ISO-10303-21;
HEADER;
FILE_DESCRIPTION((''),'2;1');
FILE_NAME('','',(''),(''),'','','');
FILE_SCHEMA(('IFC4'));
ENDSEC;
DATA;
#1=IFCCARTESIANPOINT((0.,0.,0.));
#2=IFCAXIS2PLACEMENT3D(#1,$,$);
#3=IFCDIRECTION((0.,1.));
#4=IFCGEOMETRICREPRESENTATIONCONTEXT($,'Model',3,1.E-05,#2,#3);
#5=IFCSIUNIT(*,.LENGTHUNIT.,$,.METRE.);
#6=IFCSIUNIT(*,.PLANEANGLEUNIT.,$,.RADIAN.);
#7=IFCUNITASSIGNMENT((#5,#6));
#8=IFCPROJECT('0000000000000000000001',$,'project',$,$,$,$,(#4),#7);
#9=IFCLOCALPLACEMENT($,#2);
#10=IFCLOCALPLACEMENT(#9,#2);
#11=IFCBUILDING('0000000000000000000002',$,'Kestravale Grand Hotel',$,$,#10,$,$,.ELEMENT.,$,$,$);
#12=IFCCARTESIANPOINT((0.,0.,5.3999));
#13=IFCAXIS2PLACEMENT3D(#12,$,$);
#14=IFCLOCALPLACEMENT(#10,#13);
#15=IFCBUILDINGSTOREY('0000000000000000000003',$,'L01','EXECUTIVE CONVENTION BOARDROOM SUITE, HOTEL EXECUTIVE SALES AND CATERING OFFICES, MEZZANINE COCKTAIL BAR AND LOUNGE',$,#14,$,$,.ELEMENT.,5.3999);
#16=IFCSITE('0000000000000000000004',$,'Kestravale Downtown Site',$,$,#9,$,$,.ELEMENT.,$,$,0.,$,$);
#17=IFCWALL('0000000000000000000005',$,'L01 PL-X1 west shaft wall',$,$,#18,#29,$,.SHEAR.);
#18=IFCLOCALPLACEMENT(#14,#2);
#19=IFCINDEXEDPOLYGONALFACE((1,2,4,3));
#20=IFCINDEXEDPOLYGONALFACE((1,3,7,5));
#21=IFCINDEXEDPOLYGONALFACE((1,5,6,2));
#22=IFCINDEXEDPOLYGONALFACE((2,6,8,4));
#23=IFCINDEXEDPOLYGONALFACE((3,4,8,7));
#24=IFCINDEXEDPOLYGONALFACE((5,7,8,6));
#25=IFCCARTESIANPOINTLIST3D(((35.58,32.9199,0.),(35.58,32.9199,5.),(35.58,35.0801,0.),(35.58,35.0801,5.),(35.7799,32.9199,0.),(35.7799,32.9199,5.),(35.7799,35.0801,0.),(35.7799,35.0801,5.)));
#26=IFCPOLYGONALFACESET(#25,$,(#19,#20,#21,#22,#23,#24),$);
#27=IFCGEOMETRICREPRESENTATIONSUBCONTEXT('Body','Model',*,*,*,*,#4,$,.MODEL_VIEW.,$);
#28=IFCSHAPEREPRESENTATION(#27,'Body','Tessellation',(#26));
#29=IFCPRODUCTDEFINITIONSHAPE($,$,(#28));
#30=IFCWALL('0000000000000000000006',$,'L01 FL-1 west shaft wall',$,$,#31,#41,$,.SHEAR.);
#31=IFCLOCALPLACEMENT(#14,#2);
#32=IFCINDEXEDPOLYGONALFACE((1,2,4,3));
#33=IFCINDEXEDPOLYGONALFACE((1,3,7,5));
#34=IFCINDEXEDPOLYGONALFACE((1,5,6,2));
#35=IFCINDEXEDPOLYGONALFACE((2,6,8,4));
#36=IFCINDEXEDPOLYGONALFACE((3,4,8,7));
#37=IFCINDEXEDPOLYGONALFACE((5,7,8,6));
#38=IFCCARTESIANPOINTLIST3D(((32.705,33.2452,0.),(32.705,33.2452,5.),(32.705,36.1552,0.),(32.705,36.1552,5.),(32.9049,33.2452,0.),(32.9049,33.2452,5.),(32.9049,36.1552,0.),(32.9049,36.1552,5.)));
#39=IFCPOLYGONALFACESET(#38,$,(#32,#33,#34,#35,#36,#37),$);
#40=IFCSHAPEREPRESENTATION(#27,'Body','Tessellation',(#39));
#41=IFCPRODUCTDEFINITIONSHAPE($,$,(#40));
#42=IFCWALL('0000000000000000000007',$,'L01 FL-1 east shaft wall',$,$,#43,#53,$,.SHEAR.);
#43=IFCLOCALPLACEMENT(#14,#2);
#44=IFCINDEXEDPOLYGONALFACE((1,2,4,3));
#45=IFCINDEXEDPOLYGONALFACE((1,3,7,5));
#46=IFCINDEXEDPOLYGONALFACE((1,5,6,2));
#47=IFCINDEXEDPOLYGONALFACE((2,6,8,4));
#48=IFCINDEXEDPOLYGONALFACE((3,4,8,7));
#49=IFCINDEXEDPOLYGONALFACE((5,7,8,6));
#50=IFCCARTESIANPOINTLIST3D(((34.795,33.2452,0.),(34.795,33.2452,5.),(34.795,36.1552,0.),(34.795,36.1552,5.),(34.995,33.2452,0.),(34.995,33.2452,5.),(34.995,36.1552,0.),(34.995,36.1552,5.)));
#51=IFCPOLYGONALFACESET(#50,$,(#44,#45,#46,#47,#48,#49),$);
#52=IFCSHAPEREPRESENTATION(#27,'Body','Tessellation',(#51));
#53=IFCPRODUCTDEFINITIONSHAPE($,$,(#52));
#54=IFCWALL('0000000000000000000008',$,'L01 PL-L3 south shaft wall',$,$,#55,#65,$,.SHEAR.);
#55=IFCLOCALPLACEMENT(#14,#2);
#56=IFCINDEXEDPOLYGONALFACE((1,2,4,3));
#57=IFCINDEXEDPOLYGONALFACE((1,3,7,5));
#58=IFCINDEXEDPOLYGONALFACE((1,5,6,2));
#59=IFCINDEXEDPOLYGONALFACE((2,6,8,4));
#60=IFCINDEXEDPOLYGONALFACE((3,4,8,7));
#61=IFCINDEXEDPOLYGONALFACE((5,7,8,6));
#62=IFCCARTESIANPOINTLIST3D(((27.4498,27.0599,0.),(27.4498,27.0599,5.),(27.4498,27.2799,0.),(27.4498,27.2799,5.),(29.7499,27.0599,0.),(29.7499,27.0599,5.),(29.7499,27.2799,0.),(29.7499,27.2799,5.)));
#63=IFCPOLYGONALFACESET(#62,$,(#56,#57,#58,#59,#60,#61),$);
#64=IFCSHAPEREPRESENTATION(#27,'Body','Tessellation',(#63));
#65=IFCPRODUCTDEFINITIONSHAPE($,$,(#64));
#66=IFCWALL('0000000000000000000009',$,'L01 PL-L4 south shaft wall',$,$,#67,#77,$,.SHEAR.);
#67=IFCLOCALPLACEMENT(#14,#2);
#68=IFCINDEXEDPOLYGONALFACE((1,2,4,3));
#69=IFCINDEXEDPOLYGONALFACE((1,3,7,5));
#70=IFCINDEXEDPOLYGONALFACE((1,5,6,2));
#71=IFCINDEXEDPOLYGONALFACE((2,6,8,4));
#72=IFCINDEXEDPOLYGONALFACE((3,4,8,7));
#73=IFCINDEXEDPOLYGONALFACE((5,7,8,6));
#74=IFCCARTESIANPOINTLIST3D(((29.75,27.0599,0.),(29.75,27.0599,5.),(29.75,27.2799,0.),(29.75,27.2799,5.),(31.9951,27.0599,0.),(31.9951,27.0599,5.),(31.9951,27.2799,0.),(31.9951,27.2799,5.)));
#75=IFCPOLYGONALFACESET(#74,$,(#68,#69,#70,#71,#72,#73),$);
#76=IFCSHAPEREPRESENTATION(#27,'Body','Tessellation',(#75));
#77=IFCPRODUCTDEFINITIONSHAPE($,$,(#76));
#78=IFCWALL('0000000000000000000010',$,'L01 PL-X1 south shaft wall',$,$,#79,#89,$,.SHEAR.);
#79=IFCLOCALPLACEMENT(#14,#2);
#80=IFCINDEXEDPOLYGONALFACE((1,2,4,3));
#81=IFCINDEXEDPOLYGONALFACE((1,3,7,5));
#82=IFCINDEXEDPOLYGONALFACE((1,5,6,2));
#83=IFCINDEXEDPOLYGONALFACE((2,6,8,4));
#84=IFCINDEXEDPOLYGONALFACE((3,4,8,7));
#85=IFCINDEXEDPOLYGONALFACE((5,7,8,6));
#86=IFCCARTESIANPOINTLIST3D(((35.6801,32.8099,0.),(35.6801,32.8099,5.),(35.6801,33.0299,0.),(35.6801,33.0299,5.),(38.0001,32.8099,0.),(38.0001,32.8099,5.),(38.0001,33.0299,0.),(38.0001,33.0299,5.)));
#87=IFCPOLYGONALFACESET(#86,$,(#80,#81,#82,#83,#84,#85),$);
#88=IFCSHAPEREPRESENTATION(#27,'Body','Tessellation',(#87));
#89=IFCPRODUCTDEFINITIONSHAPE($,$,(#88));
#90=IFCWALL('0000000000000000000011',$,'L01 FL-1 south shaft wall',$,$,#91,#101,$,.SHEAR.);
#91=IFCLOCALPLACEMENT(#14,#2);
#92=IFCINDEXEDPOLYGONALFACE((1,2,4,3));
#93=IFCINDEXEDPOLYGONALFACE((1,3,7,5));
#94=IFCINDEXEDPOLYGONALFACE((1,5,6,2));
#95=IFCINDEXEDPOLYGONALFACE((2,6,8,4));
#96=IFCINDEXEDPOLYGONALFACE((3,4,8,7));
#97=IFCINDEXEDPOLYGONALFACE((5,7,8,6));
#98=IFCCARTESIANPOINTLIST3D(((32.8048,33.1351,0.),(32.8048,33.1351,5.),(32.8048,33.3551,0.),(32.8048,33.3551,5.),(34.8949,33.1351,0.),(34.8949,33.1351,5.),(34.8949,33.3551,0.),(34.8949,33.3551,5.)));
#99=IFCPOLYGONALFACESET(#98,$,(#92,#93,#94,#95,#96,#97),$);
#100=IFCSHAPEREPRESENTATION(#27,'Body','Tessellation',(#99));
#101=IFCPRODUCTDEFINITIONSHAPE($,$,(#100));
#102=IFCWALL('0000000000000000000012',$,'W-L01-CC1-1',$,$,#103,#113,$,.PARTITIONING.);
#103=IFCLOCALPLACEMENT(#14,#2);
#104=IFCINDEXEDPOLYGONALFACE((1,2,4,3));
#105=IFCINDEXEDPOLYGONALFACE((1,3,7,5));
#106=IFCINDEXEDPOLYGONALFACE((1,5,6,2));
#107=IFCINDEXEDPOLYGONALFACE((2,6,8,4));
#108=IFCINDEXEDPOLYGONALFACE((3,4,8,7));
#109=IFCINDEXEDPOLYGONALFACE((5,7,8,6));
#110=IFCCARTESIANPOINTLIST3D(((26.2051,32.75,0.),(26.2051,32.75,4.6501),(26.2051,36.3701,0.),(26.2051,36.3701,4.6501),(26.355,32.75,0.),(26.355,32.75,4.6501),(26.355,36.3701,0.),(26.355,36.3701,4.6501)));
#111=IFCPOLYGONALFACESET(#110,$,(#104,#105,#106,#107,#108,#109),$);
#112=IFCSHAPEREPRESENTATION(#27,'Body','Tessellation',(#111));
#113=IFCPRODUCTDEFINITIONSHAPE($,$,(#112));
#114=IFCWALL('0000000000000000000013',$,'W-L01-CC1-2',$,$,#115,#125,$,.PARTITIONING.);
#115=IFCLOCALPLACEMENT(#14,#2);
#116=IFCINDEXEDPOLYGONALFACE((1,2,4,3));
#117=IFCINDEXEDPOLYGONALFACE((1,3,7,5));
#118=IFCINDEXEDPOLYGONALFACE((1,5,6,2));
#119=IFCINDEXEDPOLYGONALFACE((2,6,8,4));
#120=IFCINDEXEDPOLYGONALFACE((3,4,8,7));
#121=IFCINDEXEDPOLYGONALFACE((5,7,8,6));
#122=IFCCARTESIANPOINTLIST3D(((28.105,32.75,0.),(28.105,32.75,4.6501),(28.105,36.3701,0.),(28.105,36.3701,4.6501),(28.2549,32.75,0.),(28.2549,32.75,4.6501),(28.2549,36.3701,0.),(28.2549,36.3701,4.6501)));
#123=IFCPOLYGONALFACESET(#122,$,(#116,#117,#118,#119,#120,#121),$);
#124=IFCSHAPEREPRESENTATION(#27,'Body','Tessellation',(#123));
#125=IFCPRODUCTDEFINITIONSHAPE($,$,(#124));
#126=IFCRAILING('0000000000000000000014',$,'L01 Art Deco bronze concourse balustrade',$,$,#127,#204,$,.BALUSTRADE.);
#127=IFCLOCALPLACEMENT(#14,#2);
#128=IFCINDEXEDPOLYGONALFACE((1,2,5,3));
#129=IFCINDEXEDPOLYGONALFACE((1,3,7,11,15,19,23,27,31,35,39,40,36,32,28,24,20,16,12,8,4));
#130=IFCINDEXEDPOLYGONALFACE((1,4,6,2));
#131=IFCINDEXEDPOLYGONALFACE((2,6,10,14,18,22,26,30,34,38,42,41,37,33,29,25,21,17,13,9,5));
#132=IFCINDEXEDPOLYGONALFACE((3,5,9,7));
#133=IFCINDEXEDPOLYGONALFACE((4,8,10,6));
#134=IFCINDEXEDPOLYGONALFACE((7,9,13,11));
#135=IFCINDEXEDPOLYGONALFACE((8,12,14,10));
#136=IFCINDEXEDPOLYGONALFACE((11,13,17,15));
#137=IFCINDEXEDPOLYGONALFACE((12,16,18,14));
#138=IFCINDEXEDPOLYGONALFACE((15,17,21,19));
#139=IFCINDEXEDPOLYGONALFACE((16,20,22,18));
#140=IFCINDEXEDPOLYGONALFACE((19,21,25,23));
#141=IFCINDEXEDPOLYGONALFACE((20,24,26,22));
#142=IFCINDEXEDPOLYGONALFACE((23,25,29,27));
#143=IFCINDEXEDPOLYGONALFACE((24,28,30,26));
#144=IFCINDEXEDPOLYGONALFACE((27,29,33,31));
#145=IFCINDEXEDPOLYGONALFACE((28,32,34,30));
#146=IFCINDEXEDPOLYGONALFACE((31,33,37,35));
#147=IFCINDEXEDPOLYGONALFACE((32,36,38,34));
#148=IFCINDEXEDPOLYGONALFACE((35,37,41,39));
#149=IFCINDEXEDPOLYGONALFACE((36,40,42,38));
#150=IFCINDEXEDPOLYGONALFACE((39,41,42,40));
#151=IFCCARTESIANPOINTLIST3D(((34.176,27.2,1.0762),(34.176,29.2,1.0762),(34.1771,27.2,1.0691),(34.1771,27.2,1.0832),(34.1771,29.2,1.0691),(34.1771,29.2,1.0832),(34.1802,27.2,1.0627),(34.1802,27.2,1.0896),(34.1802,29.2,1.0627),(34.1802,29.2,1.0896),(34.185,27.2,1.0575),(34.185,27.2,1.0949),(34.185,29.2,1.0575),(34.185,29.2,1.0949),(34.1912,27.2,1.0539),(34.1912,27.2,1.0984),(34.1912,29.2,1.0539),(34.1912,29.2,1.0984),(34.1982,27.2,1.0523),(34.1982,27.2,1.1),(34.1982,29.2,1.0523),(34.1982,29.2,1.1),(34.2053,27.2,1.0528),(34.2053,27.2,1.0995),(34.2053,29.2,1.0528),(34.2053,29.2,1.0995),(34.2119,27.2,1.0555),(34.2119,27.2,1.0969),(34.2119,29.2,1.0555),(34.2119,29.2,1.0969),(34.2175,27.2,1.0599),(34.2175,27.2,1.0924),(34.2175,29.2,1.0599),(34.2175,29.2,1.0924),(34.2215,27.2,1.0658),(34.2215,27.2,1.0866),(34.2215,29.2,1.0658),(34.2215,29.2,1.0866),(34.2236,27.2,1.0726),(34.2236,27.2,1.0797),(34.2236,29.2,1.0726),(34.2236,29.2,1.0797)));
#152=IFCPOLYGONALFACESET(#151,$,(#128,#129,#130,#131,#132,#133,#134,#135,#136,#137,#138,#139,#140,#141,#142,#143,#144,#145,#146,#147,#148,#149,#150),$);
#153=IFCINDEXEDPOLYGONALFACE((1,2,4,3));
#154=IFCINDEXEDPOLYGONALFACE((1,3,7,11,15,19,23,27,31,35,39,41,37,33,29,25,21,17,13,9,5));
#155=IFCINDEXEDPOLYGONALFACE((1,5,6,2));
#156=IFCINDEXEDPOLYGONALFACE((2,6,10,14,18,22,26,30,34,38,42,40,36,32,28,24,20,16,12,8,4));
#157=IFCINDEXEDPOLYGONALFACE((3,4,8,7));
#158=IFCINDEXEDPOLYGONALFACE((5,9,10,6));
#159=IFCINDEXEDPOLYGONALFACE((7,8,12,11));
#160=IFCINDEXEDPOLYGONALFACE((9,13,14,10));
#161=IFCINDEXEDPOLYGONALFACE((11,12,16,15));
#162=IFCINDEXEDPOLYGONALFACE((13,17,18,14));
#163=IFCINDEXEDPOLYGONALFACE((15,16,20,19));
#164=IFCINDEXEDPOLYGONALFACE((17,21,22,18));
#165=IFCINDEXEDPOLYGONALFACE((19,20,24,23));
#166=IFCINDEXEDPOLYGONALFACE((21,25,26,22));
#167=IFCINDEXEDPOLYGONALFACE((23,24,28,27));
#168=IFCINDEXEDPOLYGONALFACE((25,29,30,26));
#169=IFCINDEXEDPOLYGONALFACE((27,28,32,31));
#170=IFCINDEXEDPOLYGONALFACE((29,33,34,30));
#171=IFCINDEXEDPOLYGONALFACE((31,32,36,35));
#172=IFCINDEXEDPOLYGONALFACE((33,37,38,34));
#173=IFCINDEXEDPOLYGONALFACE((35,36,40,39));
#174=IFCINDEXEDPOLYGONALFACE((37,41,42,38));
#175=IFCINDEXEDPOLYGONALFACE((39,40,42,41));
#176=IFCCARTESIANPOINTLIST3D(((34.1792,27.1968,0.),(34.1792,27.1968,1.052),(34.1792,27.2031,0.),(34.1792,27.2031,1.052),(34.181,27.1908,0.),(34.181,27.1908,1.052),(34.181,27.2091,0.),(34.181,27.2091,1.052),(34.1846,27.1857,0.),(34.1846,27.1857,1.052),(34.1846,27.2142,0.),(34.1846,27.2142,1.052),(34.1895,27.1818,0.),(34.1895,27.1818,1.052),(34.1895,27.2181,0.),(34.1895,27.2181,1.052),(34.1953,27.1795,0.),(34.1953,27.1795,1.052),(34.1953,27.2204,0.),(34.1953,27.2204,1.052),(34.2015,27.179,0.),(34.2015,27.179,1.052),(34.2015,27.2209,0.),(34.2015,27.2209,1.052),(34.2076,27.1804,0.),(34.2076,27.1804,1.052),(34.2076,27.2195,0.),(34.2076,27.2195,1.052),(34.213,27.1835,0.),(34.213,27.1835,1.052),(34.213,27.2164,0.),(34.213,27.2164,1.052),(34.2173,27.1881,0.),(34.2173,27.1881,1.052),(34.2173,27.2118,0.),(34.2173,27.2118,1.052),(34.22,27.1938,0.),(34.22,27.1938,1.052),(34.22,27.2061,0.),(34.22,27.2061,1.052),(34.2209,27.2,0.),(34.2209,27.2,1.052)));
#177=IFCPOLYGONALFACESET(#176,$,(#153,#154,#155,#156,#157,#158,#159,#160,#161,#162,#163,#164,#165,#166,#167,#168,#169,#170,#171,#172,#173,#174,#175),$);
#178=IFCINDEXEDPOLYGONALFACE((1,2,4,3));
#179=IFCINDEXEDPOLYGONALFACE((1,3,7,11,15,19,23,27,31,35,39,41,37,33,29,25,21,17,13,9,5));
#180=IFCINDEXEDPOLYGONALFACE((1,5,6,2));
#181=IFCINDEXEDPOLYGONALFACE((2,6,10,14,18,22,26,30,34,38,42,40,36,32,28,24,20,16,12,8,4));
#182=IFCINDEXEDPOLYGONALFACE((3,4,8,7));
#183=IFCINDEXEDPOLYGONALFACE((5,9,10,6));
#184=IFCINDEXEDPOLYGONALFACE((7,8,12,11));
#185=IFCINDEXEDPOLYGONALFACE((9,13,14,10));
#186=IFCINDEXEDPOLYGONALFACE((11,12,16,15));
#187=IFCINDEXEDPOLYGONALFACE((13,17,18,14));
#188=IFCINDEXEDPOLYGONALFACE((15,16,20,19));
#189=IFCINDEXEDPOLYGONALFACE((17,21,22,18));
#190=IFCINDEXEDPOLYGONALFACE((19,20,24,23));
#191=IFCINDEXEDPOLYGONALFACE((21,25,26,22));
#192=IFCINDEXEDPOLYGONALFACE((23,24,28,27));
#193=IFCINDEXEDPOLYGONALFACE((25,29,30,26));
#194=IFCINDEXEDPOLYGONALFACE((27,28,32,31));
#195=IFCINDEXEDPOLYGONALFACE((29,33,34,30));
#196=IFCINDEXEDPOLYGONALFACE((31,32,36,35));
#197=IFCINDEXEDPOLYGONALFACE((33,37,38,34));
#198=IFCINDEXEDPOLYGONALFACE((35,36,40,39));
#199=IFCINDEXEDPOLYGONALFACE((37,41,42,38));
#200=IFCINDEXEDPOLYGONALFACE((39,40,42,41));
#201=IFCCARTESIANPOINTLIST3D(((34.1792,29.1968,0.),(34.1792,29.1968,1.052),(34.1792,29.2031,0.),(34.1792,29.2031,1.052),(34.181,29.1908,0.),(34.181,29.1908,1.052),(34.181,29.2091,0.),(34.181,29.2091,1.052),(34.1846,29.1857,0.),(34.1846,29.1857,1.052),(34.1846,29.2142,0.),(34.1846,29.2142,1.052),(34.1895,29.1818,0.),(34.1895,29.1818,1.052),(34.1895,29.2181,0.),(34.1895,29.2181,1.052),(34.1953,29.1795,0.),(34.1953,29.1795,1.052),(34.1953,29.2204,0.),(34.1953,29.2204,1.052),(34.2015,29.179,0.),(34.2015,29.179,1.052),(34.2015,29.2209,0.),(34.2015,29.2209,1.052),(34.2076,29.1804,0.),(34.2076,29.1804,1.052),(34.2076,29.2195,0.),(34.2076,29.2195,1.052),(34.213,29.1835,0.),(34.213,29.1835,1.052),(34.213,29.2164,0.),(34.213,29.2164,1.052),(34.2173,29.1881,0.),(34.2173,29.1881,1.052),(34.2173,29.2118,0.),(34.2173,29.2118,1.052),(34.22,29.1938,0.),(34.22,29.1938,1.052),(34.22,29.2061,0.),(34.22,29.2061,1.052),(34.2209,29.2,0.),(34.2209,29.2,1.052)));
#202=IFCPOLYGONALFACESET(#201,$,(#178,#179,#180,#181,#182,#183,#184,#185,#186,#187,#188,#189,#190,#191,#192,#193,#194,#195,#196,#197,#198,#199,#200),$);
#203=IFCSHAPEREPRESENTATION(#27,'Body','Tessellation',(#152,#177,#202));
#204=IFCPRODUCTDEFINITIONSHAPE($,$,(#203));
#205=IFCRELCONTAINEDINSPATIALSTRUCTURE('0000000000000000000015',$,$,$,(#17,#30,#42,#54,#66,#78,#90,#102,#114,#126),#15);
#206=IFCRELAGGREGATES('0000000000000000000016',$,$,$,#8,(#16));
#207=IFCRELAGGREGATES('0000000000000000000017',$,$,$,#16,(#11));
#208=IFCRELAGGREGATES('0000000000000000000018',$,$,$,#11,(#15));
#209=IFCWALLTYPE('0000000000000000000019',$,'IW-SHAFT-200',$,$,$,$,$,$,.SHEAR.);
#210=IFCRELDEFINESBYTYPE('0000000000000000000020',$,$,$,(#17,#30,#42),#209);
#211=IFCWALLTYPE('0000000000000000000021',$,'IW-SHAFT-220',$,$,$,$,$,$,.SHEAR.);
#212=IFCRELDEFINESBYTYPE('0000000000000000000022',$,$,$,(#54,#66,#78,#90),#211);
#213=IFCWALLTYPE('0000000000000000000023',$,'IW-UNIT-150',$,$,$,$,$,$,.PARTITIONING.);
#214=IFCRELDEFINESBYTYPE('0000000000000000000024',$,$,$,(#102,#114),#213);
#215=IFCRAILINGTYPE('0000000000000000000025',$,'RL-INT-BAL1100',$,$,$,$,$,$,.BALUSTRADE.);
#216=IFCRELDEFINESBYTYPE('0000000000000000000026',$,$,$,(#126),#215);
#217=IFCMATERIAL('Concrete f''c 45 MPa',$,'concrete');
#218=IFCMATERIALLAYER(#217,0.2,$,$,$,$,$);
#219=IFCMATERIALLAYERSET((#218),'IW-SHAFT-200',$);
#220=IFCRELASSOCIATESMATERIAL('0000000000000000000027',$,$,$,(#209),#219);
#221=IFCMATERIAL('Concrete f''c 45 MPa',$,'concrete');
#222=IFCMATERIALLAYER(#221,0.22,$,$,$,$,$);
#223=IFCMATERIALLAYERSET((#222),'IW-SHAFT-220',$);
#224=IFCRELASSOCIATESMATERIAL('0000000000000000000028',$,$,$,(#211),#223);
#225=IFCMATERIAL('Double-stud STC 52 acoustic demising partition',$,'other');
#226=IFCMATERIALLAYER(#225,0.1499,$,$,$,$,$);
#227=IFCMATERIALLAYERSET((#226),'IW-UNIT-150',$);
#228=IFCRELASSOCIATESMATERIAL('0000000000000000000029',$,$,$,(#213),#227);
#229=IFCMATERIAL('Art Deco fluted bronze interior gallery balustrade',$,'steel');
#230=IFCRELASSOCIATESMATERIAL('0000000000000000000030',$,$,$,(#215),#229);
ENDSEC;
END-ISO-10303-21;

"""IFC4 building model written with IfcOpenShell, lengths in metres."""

from ifc_helpers import new_model, si_unit, direction, frame, frame_2d, origin, origin_2d, place, context, subcontext, project, spatial, rectangle, circle, extrude, material, layer, layer_set, type_object, element, save


model = new_model("IFC4")

# Units and contexts
model_context = context("Model", 3, precision=1e-05, world=origin(), true_north=direction((0.0, 1.0)))
body_context = subcontext(model_context, "Body", "Model", "MODEL_VIEW")
ifc_project = project(units=[si_unit("LENGTHUNIT", "METRE"), si_unit("PLANEANGLEUNIT", "RADIAN")], contexts=[model_context])

# Site, building, storey
site_placement = place(None, origin())
site = spatial("IfcSite", under=ifc_project, at=site_placement, Name="Kestravale Downtown Site", CompositionType="ELEMENT", RefElevation=0.0)
building_placement = place(site_placement, origin())
building = spatial("IfcBuilding", under=site, at=building_placement, Name="Kestravale Grand Hotel", CompositionType="ELEMENT")
storey_placement = place(building_placement, frame((0.0, 0.0, 5.3999)))
storey = spatial("IfcBuildingStorey", under=building, at=storey_placement, Name="L01", Description="EXECUTIVE CONVENTION BOARDROOM SUITE, HOTEL EXECUTIVE SALES AND CATERING OFFICES, MEZZANINE COCKTAIL BAR AND LOUNGE", CompositionType="ELEMENT", Elevation=5.3999)

# Walls
ifc_material_1 = material(Name="Concrete f'c 45 MPa", Category="concrete")
ifc_layer_1 = layer(ifc_material_1, 0.2)
ifc_layer_set_1 = layer_set([ifc_layer_1], Name="IW-SHAFT-200")
wall_type_1 = type_object("IfcWallType", Name="IW-SHAFT-200", PredefinedType="SHEAR", material=ifc_layer_set_1)
wall_1_placement = place(storey_placement, frame((35.6799, 32.9199, 0.0), z_axis=(0.0, 0.0, 1.0), x_axis=(0.0, 1.0, 0.0)))
element("IfcWall", 1, at=wall_1_placement, inside=storey, type_object=wall_type_1, Name="L01 PL-X1 west shaft wall", PredefinedType="SHEAR", context=body_context, shape_type="SweptSolid", body=[
    extrude(rectangle(XDim=2.1602, YDim=0.2, at=frame_2d((1.0801, 0.0))), origin(), (0.0, 0.0, 1.0), 5.0),
])
for number, where, z_axis, x_axis, name in (
    (2, (32.8049, 33.2451, 0.0), (0.0, 0.0, 1.0), (0.0, 1.0, 0.0), "L01 FL-1 west shaft wall"),
    (3, (34.895, 33.2451, 0.0), (0.0, 0.0, 1.0), (0.0, 1.0, 0.0), "L01 FL-1 east shaft wall"),
):
    element("IfcWall", number, at=place(storey_placement, frame(where, z_axis=z_axis, x_axis=x_axis)), inside=storey, type_object=wall_type_1, Name=name, PredefinedType="SHEAR", context=body_context, shape_type="SweptSolid", body=[
        extrude(rectangle(XDim=2.9099, YDim=0.2, at=frame_2d((1.4551, 0.0))), origin(), (0.0, 0.0, 1.0), 5.0),
    ])

# Shared definitions
ifc_material_2 = material(Name="Concrete f'c 45 MPa", Category="concrete")
ifc_layer_2 = layer(ifc_material_2, 0.22)
ifc_layer_set_2 = layer_set([ifc_layer_2], Name="IW-SHAFT-220")
wall_type_2 = type_object("IfcWallType", Name="IW-SHAFT-220", PredefinedType="SHEAR", material=ifc_layer_set_2)

# Wall
wall_2_placement = place(storey_placement, frame((27.45, 27.1699, 0.0), z_axis=(0.0, 0.0, 1.0), x_axis=(1.0, 0.0, 0.0)))
element("IfcWall", 4, at=wall_2_placement, inside=storey, type_object=wall_type_2, Name="L01 PL-L3 south shaft wall", PredefinedType="SHEAR", context=body_context, shape_type="SweptSolid", body=[
    extrude(rectangle(XDim=2.3, YDim=0.22, at=frame_2d((1.1499, 0.0))), origin(), (0.0, 0.0, 1.0), 5.0),
])

# Walls
wall_3_placement = place(storey_placement, frame((29.75, 27.1699, 0.0), z_axis=(0.0, 0.0, 1.0), x_axis=(1.0, 0.0, 0.0)))
element("IfcWall", 5, at=wall_3_placement, inside=storey, type_object=wall_type_2, Name="L01 PL-L4 south shaft wall", PredefinedType="SHEAR", context=body_context, shape_type="SweptSolid", body=[
    extrude(rectangle(XDim=2.2451, YDim=0.22, at=frame_2d((1.1226, 0.0))), origin(), (0.0, 0.0, 1.0), 5.0),
])
wall_4_placement = place(storey_placement, frame((35.6799, 32.9199, 0.0), z_axis=(0.0, 0.0, 1.0), x_axis=(1.0, 0.0, 0.0)))
element("IfcWall", 6, at=wall_4_placement, inside=storey, type_object=wall_type_2, Name="L01 PL-X1 south shaft wall", PredefinedType="SHEAR", context=body_context, shape_type="SweptSolid", body=[
    extrude(rectangle(XDim=2.3201, YDim=0.22, at=frame_2d((1.1602, 0.0))), origin(), (0.0, 0.0, 1.0), 5.0),
])
wall_5_placement = place(storey_placement, frame((32.8049, 33.2451, 0.0), z_axis=(0.0, 0.0, 1.0), x_axis=(1.0, 0.0, 0.0)))
element("IfcWall", 7, at=wall_5_placement, inside=storey, type_object=wall_type_2, Name="L01 FL-1 south shaft wall", PredefinedType="SHEAR", context=body_context, shape_type="SweptSolid", body=[
    extrude(rectangle(XDim=2.0901, YDim=0.22, at=frame_2d((1.0449, 0.0))), origin(), (0.0, 0.0, 1.0), 5.0),
])
ifc_material_3 = material(Name="Double-stud STC 52 acoustic demising partition", Category="other")
ifc_layer_3 = layer(ifc_material_3, 0.1499)
ifc_layer_set_3 = layer_set([ifc_layer_3], Name="IW-UNIT-150")
wall_type_3 = type_object("IfcWallType", Name="IW-UNIT-150", PredefinedType="PARTITIONING", material=ifc_layer_set_3)
for number, where, z_axis, x_axis, name in (
    (8, (26.28, 32.75, 0.0), (0.0, 0.0, 1.0), (0.0, 1.0, 0.0), "W-L01-CC1-1"),
    (9, (28.1799, 32.75, 0.0), (0.0, 0.0, 1.0), (0.0, 1.0, 0.0), "W-L01-CC1-2"),
):
    element("IfcWall", number, at=place(storey_placement, frame(where, z_axis=z_axis, x_axis=x_axis)), inside=storey, type_object=wall_type_3, Name=name, PredefinedType="PARTITIONING", context=body_context, shape_type="SweptSolid", body=[
        extrude(rectangle(XDim=3.6201, YDim=0.1499, at=frame_2d((1.8101, 0.0))), origin(), (0.0, 0.0, 1.0), 4.6501),
    ])

# Railing
ifc_material_4 = material(Name="Art Deco fluted bronze interior gallery balustrade", Category="steel")
railing_type = type_object("IfcRailingType", Name="RL-INT-BAL1100", PredefinedType="BALUSTRADE", material=ifc_material_4)
railing_placement = place(storey_placement, frame((34.2, 27.2, 0.0)))
element("IfcRailing", 10, at=railing_placement, inside=storey, type_object=railing_type, Name="L01 Art Deco bronze concourse balustrade", PredefinedType="BALUSTRADE", context=body_context, shape_type="SweptSolid", body=[
    extrude(circle(Radius=0.0239, at=origin_2d()), frame((0.0, 0.0, 1.0762), z_axis=(0.0, 1.0, 0.0), x_axis=(-1.0, 0.0, 0.0)), (0.0, 0.0, 1.0), 2.0),
    extrude(circle(Radius=0.021, at=origin_2d()), origin(), (0.0, 0.0, 1.0), 1.052),
    extrude(circle(Radius=0.021, at=origin_2d()), frame((0.0, 2.0, 0.0)), (0.0, 0.0, 1.0), 1.052),
])

save(model, "model.ifc")
